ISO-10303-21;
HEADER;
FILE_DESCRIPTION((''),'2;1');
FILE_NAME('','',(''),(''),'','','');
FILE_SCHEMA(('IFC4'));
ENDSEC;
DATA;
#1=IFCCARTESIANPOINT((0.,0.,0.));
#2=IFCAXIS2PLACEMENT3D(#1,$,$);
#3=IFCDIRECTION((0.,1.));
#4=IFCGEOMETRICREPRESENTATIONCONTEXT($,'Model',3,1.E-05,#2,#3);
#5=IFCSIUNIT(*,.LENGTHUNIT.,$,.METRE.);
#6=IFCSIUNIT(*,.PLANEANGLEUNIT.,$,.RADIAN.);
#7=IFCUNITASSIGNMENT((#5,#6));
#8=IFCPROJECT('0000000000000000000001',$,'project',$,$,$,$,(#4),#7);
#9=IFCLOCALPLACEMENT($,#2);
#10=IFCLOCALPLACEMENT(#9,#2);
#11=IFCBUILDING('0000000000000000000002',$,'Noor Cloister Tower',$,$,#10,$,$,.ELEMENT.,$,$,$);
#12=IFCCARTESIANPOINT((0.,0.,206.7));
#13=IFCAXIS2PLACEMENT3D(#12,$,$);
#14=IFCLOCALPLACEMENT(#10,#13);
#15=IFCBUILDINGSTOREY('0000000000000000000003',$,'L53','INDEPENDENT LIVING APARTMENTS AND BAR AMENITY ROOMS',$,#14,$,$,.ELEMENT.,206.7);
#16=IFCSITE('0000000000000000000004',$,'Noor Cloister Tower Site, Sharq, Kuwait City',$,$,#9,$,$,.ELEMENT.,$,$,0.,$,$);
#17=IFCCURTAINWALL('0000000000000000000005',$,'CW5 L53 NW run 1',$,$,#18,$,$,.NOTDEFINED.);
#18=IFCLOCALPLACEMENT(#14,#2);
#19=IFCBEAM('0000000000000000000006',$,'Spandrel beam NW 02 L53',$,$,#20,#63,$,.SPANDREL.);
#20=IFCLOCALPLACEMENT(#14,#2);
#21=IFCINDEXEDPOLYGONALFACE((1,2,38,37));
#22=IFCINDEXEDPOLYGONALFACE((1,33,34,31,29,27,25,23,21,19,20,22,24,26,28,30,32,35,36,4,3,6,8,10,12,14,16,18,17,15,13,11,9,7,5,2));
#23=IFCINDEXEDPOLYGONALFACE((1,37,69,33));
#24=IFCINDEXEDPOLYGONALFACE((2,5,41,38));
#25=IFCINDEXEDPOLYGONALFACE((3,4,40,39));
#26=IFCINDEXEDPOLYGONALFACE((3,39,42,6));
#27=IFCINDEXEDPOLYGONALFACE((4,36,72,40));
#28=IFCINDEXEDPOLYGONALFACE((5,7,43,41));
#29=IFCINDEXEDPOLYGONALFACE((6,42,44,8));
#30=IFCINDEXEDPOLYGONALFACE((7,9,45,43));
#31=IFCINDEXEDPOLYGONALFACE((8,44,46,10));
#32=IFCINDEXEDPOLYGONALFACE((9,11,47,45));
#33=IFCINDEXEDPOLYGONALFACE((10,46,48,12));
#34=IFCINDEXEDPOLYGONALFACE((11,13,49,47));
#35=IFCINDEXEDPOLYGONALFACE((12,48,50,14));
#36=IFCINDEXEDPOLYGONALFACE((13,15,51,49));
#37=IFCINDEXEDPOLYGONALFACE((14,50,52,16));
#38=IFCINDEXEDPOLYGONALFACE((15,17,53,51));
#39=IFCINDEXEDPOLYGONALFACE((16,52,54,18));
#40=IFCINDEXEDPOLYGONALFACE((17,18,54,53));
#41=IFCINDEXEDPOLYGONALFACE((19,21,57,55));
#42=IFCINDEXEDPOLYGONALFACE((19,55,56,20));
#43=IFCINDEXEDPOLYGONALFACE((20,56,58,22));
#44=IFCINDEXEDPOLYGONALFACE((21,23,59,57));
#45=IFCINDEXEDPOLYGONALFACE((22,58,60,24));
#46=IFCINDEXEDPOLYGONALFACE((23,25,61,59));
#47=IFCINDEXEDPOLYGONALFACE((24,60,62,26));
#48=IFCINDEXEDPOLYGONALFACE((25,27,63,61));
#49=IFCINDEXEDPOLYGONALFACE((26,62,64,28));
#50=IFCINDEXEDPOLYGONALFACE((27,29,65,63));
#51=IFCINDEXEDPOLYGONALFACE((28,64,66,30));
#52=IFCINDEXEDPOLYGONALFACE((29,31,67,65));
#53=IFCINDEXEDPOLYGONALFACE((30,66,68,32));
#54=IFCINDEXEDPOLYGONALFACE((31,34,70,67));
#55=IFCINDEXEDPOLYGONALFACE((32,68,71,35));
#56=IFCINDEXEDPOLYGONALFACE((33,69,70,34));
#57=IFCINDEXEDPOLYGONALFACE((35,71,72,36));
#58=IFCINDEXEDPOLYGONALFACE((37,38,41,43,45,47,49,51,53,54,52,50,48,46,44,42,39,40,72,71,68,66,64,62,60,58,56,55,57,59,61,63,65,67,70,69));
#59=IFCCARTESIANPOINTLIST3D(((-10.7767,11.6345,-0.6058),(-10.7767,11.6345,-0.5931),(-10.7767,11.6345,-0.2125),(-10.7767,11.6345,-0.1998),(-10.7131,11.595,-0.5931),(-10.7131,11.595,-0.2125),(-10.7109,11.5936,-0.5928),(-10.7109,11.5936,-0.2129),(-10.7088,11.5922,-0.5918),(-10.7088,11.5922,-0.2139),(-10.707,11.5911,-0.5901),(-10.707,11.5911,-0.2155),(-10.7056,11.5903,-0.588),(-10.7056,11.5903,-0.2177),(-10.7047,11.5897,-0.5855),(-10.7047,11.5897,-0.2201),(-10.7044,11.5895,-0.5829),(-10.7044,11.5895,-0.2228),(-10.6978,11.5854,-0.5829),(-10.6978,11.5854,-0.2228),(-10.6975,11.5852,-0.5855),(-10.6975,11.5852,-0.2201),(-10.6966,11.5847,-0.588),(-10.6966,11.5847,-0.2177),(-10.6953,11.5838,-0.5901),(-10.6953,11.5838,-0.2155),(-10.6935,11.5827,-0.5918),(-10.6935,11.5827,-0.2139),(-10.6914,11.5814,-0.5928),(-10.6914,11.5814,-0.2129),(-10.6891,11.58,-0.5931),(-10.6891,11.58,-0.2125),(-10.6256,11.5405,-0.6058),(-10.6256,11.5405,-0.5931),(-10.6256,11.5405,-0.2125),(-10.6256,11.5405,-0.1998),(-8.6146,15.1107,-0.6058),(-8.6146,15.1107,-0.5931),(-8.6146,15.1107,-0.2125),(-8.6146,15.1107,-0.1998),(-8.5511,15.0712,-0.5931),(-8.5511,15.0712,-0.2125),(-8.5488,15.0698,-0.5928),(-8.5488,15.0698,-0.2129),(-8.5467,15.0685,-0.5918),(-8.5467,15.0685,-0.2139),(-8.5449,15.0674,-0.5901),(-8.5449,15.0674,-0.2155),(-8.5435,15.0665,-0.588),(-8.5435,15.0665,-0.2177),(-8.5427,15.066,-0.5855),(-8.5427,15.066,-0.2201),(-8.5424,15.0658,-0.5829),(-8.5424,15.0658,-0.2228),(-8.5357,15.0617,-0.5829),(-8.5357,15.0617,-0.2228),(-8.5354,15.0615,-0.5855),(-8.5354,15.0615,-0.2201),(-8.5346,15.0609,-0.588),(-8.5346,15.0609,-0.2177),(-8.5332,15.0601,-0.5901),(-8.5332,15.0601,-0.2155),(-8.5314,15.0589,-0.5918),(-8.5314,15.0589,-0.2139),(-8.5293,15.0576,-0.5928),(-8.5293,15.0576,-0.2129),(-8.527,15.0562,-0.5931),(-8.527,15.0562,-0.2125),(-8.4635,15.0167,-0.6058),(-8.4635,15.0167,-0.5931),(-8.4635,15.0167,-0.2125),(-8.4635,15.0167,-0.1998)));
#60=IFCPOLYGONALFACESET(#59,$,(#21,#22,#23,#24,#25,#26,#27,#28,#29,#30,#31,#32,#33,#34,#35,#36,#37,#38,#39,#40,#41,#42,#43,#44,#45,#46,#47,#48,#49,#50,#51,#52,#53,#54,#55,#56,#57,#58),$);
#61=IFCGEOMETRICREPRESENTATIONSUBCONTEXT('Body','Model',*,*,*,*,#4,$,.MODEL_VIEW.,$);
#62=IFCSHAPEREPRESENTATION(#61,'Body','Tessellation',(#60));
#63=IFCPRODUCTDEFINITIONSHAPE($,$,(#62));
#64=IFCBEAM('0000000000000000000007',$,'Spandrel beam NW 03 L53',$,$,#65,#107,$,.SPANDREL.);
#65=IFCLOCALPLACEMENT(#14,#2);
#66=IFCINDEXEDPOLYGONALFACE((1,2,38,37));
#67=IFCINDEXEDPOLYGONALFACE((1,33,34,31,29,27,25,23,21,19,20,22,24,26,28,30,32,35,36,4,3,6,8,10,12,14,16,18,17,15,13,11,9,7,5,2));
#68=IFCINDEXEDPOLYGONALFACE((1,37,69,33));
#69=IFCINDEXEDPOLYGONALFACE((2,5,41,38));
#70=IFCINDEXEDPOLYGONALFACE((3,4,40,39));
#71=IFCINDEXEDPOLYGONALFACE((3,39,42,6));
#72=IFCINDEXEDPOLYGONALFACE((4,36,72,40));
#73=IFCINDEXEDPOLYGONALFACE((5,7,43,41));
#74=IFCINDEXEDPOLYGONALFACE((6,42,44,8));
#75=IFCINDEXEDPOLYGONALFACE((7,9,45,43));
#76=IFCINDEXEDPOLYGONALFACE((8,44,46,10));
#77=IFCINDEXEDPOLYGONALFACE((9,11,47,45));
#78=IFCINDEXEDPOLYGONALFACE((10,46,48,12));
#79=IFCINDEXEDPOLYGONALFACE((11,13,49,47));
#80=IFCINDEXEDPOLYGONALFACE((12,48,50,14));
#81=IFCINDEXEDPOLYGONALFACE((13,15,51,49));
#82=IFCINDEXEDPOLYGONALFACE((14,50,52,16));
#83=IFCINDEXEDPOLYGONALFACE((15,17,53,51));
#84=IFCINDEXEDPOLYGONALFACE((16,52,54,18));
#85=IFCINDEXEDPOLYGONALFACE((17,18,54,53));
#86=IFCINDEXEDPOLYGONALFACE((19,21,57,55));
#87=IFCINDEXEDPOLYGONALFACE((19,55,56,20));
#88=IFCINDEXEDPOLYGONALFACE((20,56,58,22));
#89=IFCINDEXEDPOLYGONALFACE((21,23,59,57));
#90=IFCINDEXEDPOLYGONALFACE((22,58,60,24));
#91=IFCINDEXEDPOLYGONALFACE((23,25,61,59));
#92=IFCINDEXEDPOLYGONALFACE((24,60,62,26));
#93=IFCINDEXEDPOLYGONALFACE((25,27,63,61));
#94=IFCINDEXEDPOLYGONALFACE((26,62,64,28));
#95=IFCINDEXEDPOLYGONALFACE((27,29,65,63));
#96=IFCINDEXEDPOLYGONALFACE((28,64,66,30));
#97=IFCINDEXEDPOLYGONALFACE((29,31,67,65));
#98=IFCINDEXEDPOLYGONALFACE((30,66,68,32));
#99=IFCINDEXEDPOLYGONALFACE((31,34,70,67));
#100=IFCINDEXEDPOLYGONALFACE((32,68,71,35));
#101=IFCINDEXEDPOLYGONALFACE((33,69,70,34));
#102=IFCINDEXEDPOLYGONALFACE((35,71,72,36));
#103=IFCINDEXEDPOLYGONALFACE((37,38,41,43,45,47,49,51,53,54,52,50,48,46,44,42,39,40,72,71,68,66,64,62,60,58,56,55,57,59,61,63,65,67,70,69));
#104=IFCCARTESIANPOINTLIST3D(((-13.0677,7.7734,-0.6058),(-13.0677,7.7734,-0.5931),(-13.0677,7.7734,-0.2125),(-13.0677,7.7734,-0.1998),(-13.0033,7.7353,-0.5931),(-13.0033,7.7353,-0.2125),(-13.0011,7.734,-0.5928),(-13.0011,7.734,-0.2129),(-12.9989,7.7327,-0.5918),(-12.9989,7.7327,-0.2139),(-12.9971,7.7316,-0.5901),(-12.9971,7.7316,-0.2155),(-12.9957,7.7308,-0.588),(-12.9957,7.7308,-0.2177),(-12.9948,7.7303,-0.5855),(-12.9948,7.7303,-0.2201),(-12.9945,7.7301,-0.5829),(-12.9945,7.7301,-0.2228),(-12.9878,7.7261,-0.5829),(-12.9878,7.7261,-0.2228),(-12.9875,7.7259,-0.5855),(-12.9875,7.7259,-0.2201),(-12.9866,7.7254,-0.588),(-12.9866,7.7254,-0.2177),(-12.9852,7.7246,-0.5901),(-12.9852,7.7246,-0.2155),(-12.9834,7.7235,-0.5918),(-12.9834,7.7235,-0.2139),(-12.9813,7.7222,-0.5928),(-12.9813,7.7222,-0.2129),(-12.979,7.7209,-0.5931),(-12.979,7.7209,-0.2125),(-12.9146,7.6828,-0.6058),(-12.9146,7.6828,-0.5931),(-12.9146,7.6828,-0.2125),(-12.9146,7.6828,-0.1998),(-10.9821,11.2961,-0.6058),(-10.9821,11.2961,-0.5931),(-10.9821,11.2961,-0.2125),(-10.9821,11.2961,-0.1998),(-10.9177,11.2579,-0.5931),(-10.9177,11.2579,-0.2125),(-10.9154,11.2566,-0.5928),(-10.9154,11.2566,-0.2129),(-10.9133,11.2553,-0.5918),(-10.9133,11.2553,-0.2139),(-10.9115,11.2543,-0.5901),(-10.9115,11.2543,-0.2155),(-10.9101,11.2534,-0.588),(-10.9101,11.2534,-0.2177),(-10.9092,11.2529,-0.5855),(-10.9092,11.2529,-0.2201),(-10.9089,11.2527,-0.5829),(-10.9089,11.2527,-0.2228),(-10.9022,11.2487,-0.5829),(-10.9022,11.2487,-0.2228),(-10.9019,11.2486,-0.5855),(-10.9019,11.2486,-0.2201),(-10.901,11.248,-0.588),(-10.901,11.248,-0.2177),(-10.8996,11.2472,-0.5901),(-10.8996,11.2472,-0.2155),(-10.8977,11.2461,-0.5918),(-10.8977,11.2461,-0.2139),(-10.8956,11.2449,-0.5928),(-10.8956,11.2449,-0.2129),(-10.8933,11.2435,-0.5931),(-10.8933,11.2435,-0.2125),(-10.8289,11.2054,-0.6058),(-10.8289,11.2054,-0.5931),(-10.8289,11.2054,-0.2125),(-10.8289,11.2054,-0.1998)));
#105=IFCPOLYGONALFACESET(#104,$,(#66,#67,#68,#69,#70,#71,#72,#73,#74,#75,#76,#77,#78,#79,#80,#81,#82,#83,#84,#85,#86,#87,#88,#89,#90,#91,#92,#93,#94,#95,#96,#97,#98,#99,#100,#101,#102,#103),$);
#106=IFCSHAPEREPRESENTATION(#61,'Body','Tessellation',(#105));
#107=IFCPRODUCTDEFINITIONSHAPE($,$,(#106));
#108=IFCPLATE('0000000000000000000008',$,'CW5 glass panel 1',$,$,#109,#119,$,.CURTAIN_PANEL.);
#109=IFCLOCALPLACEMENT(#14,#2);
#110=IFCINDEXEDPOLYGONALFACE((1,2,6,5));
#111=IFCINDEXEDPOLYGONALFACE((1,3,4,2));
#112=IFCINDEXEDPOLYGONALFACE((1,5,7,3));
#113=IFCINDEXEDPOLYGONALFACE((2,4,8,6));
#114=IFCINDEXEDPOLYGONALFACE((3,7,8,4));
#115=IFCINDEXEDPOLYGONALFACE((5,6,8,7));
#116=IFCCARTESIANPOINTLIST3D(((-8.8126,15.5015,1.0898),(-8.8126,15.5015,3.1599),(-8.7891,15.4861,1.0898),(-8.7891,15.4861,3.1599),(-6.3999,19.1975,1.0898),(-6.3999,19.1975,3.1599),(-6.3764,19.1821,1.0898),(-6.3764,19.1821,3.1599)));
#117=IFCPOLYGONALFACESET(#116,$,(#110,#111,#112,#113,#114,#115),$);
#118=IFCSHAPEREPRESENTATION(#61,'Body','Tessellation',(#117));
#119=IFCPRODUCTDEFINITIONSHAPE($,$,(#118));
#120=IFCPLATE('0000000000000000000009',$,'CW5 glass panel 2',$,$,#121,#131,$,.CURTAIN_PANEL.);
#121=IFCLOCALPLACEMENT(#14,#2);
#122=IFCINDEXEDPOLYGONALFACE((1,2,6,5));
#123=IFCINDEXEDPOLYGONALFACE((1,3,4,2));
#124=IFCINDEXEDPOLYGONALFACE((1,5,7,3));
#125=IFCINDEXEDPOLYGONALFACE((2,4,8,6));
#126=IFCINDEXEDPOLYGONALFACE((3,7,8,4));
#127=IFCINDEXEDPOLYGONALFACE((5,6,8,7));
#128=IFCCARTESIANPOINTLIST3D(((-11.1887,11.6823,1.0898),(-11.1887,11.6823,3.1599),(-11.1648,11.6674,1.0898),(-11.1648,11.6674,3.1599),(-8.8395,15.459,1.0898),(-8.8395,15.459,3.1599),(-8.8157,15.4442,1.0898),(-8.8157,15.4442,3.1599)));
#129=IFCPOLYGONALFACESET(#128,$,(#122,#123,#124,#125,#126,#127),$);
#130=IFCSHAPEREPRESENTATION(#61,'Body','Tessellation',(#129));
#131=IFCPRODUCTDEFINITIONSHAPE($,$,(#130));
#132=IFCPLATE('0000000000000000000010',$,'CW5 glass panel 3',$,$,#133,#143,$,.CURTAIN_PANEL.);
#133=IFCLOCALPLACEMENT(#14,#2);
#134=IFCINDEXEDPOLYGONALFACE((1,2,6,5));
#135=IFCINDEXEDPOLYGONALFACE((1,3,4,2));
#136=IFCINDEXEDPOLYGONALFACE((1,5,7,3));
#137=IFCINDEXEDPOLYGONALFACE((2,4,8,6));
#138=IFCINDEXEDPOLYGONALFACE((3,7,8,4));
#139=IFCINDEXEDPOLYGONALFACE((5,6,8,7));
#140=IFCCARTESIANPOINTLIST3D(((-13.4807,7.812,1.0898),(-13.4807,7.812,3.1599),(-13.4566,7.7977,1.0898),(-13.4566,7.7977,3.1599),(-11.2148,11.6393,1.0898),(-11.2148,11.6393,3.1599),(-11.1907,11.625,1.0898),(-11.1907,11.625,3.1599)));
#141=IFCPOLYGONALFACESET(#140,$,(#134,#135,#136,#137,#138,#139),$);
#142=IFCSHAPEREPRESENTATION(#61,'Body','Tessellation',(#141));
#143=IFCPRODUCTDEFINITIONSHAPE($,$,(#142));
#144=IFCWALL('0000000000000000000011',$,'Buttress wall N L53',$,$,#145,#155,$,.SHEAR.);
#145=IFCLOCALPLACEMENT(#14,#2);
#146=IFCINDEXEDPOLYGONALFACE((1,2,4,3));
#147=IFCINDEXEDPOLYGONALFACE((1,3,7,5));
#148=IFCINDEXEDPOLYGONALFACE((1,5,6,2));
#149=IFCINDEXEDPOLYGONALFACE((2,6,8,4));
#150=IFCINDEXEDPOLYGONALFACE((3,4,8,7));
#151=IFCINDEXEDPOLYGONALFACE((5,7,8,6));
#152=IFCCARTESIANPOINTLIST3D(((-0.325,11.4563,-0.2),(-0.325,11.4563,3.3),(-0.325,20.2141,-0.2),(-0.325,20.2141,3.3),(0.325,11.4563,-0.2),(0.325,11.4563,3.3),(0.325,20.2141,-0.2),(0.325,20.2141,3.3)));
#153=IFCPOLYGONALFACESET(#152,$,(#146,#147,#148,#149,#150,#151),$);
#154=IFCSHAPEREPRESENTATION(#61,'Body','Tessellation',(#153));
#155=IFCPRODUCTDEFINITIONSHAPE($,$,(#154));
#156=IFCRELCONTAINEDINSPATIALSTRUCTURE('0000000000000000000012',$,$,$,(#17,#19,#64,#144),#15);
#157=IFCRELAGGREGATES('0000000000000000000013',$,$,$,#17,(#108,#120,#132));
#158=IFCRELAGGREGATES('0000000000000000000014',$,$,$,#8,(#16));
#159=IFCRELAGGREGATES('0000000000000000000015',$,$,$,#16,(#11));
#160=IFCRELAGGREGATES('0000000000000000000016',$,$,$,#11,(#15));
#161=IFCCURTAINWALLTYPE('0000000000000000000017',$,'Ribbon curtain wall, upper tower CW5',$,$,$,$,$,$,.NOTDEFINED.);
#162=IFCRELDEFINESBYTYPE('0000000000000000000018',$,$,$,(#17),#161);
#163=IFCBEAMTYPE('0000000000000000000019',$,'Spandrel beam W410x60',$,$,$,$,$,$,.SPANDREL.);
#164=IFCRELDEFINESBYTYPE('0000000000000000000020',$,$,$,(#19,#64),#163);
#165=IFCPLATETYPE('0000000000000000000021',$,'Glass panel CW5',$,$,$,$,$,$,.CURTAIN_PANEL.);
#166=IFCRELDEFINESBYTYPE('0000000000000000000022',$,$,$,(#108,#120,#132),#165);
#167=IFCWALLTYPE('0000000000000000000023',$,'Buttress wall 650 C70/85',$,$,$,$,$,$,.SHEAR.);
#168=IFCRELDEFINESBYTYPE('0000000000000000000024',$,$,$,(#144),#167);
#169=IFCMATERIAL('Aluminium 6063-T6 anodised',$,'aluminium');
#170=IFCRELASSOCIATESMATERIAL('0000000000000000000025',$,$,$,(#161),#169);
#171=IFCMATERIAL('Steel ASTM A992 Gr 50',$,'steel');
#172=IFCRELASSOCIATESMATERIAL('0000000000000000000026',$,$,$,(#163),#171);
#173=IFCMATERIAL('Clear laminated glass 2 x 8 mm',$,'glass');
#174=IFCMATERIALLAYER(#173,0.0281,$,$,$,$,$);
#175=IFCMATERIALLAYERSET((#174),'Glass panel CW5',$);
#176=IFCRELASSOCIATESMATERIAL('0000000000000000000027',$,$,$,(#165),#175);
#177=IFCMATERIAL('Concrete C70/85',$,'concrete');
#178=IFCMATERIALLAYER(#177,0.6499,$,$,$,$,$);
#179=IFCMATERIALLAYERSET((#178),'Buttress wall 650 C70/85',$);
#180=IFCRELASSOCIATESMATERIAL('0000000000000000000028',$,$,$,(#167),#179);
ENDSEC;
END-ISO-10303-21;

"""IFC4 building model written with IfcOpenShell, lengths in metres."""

from ifc_helpers import new_model, si_unit, direction, frame, frame_2d, origin, origin_2d, place, context, subcontext, project, spatial, rectangle, i_section, extrude, material, layer, layer_set, material_profile, profile_set, type_object, element, aggregate, save


model = new_model("IFC4")

# Units and contexts
model_context = context("Model", 3, precision=1e-05, world=origin(), true_north=direction((0.0, 1.0)))
body_context = subcontext(model_context, "Body", "Model", "MODEL_VIEW")
ifc_project = project(units=[si_unit("LENGTHUNIT", "METRE"), si_unit("PLANEANGLEUNIT", "RADIAN")], contexts=[model_context])

# Site, building, storey
site_placement = place(None, origin())
site = spatial("IfcSite", under=ifc_project, at=site_placement, Name="Noor Cloister Tower Site, Sharq, Kuwait City", CompositionType="ELEMENT", RefElevation=0.0)
building_placement = place(site_placement, origin())
building = spatial("IfcBuilding", under=site, at=building_placement, Name="Noor Cloister Tower", CompositionType="ELEMENT")
storey_placement = place(building_placement, frame((0.0, 0.0, 206.7)))
storey = spatial("IfcBuildingStorey", under=building, at=storey_placement, Name="L53", Description="INDEPENDENT LIVING APARTMENTS AND BAR AMENITY ROOMS", CompositionType="ELEMENT", Elevation=206.7)

# Curtain wall
ifc_material_1 = material(Name="Aluminium 6063-T6 anodised", Category="aluminium")
curtain_wall_type = type_object("IfcCurtainWallType", Name="Ribbon curtain wall, upper tower CW5", PredefinedType="NOTDEFINED", material=ifc_material_1)
curtain_wall_placement = place(storey_placement, origin())
curtain_wall = element("IfcCurtainWall", 1, at=curtain_wall_placement, inside=storey, type_object=curtain_wall_type, Name="CW5 L53 NW run 1", PredefinedType="NOTDEFINED")

# Beams
ifc_material_2 = material(Name="Steel ASTM A992 Gr 50", Category="steel")
ifc_material_profile_1 = material_profile(ifc_material_2, i_section(OverallWidth=0.178, OverallDepth=0.406, WebThickness=0.0078, FlangeThickness=0.0127, FilletRadius=0.0103, at=origin_2d()), Name="W410x60")
ifc_profile_set_1 = profile_set([ifc_material_profile_1], Name="Steel ASTM A992 Gr 50")
beam_type_1 = type_object("IfcBeamType", Name="Spandrel beam W410x60", PredefinedType="SPANDREL", material=ifc_profile_set_1)
for number, where, z_axis, x_axis, name in (
    (2, (-8.5391, 15.0637, -0.4028), (-0.528138, -0.849159, 0.0), (0.849159, -0.528138, 0.0), "Spandrel beam NW 02 L53"),
    (3, (-10.9055, 11.2507, -0.4028), (-0.509471, -0.860488, 0.0), (0.860488, -0.509471, 0.0), "Spandrel beam NW 03 L53"),
):
    element("IfcBeam", number, at=place(storey_placement, frame(where, z_axis=z_axis, x_axis=x_axis)), inside=storey, type_object=beam_type_1, Name=name, PredefinedType="SPANDREL", context=body_context, shape_type="SweptSolid", body=[
        extrude(i_section(OverallWidth=0.178, OverallDepth=0.406, WebThickness=0.0078, FlangeThickness=0.0127, FilletRadius=0.0103, at=origin_2d()), origin(), (0.0, 0.0, 1.0), 4.0938),
    ])

# Plates
ifc_material_3 = material(Name="Clear laminated glass 2 x 8 mm", Category="glass")
ifc_layer_1 = layer(ifc_material_3, 0.0281)
ifc_layer_set_1 = layer_set([ifc_layer_1], Name="Glass panel CW5")
plate_type = type_object("IfcPlateType", Name="Glass panel CW5", PredefinedType="CURTAIN_PANEL", material=ifc_layer_set_1)
plate_1_placement = place(storey_placement, frame((-7.5945, 17.3418, 1.0898), z_axis=(0.0, 0.0, 1.0), x_axis=(-0.546624, -0.837378, 0.0)))
plate_1 = element("IfcPlate", 4, at=plate_1_placement, type_object=plate_type, Name="CW5 glass panel 1", PredefinedType="CURTAIN_PANEL", context=body_context, shape_type="SweptSolid", body=[
    extrude(rectangle(XDim=4.4138, YDim=0.0281, at=origin_2d()), origin(), (0.0, 0.0, 1.0), 2.0701),
])
plate_2_placement = place(storey_placement, frame((-10.0022, 13.5632, 1.0898), z_axis=(0.0, 0.0, 1.0), x_axis=(-0.528163, -0.849143, 0.0)))
plate_2 = element("IfcPlate", 5, at=plate_2_placement, type_object=plate_type, Name="CW5 glass panel 2", PredefinedType="CURTAIN_PANEL", context=body_context, shape_type="SweptSolid", body=[
    extrude(rectangle(XDim=4.4478, YDim=0.0281, at=origin_2d()), origin(), (0.0, 0.0, 1.0), 2.0701),
])
plate_3_placement = place(storey_placement, frame((-12.3357, 9.7185, 1.0898), z_axis=(0.0, 0.0, 1.0), x_axis=(-0.509449, -0.860501, 0.0)))
plate_3 = element("IfcPlate", 6, at=plate_3_placement, type_object=plate_type, Name="CW5 glass panel 3", PredefinedType="CURTAIN_PANEL", context=body_context, shape_type="SweptSolid", body=[
    extrude(rectangle(XDim=4.4478, YDim=0.0281, at=origin_2d()), origin(), (0.0, 0.0, 1.0), 2.0701),
])
aggregate(curtain_wall, [plate_1, plate_2, plate_3])

# Wall
ifc_material_4 = material(Name="Concrete C70/85", Category="concrete")
ifc_layer_2 = layer(ifc_material_4, 0.6499)
ifc_layer_set_2 = layer_set([ifc_layer_2], Name="Buttress wall 650 C70/85")
wall_type_1 = type_object("IfcWallType", Name="Buttress wall 650 C70/85", PredefinedType="SHEAR", material=ifc_layer_set_2)
wall_1_placement = place(storey_placement, frame((0.0, 11.4563, -0.2), z_axis=(0.0, 0.0, 1.0), x_axis=(0.0, 1.0, 0.0)))
element("IfcWall", 7, at=wall_1_placement, inside=storey, type_object=wall_type_1, Name="Buttress wall N L53", PredefinedType="SHEAR", context=body_context, shape_type="SweptSolid", body=[
    extrude(rectangle(XDim=8.7578, YDim=0.6499, at=frame_2d((4.3789, 0.0))), origin(), (0.0, 0.0, 1.0), 3.5),
])

save(model, "model.ifc")
